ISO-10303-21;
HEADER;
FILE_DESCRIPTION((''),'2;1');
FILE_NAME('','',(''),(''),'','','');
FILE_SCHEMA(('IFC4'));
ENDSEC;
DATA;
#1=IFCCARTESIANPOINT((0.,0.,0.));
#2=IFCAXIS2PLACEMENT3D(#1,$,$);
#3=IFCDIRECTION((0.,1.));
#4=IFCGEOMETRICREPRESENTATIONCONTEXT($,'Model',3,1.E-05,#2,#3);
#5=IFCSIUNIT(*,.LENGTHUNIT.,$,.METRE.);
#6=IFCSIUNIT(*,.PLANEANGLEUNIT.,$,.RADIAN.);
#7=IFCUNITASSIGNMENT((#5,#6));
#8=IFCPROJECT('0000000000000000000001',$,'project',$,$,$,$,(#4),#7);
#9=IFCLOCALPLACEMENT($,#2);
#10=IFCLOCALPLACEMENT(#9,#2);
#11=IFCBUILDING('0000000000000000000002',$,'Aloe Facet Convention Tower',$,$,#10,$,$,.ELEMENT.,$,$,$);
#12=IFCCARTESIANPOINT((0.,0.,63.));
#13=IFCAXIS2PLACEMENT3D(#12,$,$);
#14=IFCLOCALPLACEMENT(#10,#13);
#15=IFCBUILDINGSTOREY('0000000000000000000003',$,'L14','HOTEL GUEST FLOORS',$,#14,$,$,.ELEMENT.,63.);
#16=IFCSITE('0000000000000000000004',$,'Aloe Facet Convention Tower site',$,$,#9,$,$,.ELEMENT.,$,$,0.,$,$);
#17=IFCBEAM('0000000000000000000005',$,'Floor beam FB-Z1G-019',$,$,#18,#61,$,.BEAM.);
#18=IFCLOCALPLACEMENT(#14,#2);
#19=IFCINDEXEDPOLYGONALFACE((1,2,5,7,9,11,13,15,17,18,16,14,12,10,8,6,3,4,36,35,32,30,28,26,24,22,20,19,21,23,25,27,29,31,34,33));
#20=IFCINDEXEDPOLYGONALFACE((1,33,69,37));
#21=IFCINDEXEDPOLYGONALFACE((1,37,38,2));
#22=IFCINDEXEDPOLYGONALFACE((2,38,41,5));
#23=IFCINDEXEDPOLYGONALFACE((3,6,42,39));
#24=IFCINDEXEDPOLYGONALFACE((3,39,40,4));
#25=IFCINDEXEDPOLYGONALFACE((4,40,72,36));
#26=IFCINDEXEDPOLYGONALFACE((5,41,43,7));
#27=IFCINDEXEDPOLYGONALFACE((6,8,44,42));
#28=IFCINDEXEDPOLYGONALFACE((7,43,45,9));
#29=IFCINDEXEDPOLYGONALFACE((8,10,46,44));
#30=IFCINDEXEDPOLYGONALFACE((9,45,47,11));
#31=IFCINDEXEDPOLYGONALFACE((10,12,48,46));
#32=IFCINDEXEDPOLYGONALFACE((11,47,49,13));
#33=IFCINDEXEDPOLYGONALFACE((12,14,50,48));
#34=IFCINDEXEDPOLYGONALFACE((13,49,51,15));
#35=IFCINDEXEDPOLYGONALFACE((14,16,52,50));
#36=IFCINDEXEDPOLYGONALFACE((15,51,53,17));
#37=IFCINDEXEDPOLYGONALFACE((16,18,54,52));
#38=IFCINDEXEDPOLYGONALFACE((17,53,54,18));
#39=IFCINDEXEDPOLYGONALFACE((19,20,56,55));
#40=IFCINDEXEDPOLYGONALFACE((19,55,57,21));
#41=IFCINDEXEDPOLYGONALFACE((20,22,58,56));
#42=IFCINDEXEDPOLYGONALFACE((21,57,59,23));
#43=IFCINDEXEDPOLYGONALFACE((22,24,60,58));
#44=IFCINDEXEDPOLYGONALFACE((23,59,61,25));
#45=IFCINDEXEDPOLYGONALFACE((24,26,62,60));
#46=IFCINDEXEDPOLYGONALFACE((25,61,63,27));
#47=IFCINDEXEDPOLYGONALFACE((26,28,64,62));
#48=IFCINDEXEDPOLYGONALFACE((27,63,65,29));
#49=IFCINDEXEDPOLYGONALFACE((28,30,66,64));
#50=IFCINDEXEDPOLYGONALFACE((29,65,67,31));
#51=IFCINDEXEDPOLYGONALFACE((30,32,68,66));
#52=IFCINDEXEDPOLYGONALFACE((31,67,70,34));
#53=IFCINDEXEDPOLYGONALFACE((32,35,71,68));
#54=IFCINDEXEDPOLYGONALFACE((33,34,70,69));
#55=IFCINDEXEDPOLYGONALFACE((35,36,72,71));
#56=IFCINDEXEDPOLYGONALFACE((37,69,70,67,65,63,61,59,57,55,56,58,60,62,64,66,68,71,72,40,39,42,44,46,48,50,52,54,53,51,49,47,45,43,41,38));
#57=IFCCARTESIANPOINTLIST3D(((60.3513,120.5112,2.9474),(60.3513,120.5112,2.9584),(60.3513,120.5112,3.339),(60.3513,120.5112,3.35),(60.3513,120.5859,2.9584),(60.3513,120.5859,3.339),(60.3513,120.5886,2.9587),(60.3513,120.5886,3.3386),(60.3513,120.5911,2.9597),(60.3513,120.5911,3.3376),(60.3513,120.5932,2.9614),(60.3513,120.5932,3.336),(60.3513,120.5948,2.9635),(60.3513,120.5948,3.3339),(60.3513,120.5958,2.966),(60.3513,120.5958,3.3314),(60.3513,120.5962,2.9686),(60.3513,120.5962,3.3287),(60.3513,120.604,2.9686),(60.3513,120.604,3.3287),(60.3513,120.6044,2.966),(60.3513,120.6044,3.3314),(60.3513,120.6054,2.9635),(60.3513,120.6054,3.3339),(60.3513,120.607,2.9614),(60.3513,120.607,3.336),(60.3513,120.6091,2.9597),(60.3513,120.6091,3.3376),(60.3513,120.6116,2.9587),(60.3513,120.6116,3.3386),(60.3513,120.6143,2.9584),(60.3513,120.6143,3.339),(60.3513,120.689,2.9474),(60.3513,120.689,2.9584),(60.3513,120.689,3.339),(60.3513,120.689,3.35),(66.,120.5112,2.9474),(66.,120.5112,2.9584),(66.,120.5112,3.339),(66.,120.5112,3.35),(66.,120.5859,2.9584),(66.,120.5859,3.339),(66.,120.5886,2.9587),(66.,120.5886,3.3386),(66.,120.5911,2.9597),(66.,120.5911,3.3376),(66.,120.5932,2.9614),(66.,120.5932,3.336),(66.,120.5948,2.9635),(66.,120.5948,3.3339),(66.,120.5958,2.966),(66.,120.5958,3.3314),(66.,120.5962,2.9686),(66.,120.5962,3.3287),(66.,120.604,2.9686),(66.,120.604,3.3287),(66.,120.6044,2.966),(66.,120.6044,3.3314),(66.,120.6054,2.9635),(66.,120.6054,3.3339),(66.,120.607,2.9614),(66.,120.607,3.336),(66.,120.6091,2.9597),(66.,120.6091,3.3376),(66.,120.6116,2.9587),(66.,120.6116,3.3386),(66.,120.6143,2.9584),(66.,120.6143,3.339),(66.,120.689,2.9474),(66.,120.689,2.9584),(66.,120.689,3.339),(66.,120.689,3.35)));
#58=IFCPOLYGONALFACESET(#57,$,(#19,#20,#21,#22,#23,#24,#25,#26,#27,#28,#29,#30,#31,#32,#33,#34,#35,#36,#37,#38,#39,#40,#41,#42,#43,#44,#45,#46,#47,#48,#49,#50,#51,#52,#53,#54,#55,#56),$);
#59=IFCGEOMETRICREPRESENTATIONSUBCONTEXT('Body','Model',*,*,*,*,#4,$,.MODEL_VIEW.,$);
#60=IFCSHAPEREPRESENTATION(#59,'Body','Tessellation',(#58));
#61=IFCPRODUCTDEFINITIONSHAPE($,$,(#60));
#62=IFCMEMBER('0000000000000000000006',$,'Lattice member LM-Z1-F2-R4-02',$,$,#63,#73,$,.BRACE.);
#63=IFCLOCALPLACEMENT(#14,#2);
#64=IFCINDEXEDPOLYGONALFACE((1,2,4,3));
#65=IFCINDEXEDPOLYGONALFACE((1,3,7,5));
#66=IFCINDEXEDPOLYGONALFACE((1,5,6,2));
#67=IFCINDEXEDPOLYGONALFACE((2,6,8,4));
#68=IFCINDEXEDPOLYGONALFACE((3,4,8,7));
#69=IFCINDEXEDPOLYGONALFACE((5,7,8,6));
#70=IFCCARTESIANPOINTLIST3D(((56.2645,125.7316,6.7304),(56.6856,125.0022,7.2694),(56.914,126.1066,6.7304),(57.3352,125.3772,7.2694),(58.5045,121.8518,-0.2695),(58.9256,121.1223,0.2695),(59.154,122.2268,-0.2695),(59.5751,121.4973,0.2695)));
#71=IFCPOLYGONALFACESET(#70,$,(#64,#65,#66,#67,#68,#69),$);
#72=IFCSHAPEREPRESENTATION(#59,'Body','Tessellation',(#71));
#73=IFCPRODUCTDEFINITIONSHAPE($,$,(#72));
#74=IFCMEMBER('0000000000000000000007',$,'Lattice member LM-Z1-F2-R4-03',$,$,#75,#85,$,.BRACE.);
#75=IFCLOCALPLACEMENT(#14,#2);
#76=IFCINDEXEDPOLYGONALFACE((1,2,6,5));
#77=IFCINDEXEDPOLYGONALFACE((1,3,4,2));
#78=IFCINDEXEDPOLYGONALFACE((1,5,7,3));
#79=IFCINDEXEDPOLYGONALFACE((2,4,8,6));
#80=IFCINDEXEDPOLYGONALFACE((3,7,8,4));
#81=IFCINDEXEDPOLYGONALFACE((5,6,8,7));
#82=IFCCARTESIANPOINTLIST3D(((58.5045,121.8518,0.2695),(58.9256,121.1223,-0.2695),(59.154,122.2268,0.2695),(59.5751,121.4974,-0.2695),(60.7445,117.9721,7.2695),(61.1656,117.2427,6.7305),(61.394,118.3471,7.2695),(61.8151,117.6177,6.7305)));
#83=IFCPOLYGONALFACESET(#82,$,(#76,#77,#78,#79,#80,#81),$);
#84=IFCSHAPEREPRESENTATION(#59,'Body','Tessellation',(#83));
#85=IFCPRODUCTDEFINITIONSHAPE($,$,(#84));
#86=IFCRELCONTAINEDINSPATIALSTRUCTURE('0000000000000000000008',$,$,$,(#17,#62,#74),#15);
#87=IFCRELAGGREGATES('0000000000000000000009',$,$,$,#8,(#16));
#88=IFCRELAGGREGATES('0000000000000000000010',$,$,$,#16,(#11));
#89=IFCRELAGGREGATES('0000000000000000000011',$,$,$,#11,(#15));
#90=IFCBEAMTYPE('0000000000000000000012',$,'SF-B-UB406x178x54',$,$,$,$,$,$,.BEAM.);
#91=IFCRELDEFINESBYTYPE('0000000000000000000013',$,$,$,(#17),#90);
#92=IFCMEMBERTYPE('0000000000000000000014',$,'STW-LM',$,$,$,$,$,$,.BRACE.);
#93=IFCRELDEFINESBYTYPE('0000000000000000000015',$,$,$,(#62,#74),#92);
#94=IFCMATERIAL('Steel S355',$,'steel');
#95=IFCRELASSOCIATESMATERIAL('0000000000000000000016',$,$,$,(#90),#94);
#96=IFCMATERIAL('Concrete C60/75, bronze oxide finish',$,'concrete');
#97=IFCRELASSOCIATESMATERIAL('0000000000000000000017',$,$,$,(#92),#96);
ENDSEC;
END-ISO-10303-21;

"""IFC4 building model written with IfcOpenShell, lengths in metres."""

from ifc_helpers import new_model, si_unit, direction, frame, origin, origin_2d, place, context, subcontext, project, spatial, rectangle, i_section, extrude, material, material_profile, profile_set, type_object, element, save


model = new_model("IFC4")

# Units and contexts
model_context = context("Model", 3, precision=1e-05, world=origin(), true_north=direction((0.0, 1.0)))
body_context = subcontext(model_context, "Body", "Model", "MODEL_VIEW")
ifc_project = project(units=[si_unit("LENGTHUNIT", "METRE"), si_unit("PLANEANGLEUNIT", "RADIAN")], contexts=[model_context])

# Site, building, storey
site_placement = place(None, origin())
site = spatial("IfcSite", under=ifc_project, at=site_placement, Name="Aloe Facet Convention Tower site", CompositionType="ELEMENT", RefElevation=0.0)
building_placement = place(site_placement, origin())
building = spatial("IfcBuilding", under=site, at=building_placement, Name="Aloe Facet Convention Tower", CompositionType="ELEMENT")
storey_placement = place(building_placement, frame((0.0, 0.0, 63.0)))
storey = spatial("IfcBuildingStorey", under=building, at=storey_placement, Name="L14", Description="HOTEL GUEST FLOORS", CompositionType="ELEMENT", Elevation=63.0)

# Beam
ifc_material_1 = material(Name="Steel S355", Category="steel")
ifc_material_profile_1 = material_profile(ifc_material_1, i_section(OverallWidth=0.1777, OverallDepth=0.4026, WebThickness=0.0078, FlangeThickness=0.011, FilletRadius=0.0103, at=origin_2d()), Name="UB 406x178x54")
ifc_profile_set_1 = profile_set([ifc_material_profile_1], Name="Steel S355")
beam_type = type_object("IfcBeamType", Name="SF-B-UB406x178x54", PredefinedType="BEAM", material=ifc_profile_set_1)
beam_placement = place(storey_placement, frame((60.3513, 120.6001, 3.1487), z_axis=(1.0, 0.0, 0.0), x_axis=(0.0, 1.0, 0.0)))
element("IfcBeam", 1, at=beam_placement, inside=storey, type_object=beam_type, Name="Floor beam FB-Z1G-019", PredefinedType="BEAM", context=body_context, shape_type="SweptSolid", body=[
    extrude(i_section(OverallWidth=0.1777, OverallDepth=0.4026, WebThickness=0.0078, FlangeThickness=0.011, FilletRadius=0.0103, at=origin_2d()), origin(), (0.0, 0.0, 1.0), 5.6487),
])

# Members
ifc_material_2 = material(Name="Concrete C60/75, bronze oxide finish", Category="concrete")
ifc_material_profile_2 = material_profile(ifc_material_2, rectangle(XDim=0.75, YDim=1.0, at=origin_2d()), Name="STW-LM")
ifc_profile_set_2 = profile_set([ifc_material_profile_2], Name="Concrete C60/75, bronze oxide finish")
member_type = type_object("IfcMemberType", Name="STW-LM", PredefinedType="BRACE", material=ifc_profile_set_2)
for number, where, z_axis, x_axis, name in (
    (2, (59.0398, 121.6746, 0.0), (-0.269524, 0.466843, 0.842267), (-0.866031, -0.49999, 0.0), "Lattice member LM-Z1-F2-R4-02"),
    (3, (59.0398, 121.6746, 0.0), (0.269528, -0.46682, 0.842279), (0.866018, 0.500013, 0.0), "Lattice member LM-Z1-F2-R4-03"),
):
    element("IfcMember", number, at=place(storey_placement, frame(where, z_axis=z_axis, x_axis=x_axis)), inside=storey, type_object=member_type, Name=name, PredefinedType="BRACE", context=body_context, shape_type="SweptSolid", body=[
        extrude(rectangle(XDim=0.75, YDim=1.0, at=origin_2d()), origin(), (0.0, 0.0, 1.0), 8.3108),
    ])

save(model, "model.ifc")
